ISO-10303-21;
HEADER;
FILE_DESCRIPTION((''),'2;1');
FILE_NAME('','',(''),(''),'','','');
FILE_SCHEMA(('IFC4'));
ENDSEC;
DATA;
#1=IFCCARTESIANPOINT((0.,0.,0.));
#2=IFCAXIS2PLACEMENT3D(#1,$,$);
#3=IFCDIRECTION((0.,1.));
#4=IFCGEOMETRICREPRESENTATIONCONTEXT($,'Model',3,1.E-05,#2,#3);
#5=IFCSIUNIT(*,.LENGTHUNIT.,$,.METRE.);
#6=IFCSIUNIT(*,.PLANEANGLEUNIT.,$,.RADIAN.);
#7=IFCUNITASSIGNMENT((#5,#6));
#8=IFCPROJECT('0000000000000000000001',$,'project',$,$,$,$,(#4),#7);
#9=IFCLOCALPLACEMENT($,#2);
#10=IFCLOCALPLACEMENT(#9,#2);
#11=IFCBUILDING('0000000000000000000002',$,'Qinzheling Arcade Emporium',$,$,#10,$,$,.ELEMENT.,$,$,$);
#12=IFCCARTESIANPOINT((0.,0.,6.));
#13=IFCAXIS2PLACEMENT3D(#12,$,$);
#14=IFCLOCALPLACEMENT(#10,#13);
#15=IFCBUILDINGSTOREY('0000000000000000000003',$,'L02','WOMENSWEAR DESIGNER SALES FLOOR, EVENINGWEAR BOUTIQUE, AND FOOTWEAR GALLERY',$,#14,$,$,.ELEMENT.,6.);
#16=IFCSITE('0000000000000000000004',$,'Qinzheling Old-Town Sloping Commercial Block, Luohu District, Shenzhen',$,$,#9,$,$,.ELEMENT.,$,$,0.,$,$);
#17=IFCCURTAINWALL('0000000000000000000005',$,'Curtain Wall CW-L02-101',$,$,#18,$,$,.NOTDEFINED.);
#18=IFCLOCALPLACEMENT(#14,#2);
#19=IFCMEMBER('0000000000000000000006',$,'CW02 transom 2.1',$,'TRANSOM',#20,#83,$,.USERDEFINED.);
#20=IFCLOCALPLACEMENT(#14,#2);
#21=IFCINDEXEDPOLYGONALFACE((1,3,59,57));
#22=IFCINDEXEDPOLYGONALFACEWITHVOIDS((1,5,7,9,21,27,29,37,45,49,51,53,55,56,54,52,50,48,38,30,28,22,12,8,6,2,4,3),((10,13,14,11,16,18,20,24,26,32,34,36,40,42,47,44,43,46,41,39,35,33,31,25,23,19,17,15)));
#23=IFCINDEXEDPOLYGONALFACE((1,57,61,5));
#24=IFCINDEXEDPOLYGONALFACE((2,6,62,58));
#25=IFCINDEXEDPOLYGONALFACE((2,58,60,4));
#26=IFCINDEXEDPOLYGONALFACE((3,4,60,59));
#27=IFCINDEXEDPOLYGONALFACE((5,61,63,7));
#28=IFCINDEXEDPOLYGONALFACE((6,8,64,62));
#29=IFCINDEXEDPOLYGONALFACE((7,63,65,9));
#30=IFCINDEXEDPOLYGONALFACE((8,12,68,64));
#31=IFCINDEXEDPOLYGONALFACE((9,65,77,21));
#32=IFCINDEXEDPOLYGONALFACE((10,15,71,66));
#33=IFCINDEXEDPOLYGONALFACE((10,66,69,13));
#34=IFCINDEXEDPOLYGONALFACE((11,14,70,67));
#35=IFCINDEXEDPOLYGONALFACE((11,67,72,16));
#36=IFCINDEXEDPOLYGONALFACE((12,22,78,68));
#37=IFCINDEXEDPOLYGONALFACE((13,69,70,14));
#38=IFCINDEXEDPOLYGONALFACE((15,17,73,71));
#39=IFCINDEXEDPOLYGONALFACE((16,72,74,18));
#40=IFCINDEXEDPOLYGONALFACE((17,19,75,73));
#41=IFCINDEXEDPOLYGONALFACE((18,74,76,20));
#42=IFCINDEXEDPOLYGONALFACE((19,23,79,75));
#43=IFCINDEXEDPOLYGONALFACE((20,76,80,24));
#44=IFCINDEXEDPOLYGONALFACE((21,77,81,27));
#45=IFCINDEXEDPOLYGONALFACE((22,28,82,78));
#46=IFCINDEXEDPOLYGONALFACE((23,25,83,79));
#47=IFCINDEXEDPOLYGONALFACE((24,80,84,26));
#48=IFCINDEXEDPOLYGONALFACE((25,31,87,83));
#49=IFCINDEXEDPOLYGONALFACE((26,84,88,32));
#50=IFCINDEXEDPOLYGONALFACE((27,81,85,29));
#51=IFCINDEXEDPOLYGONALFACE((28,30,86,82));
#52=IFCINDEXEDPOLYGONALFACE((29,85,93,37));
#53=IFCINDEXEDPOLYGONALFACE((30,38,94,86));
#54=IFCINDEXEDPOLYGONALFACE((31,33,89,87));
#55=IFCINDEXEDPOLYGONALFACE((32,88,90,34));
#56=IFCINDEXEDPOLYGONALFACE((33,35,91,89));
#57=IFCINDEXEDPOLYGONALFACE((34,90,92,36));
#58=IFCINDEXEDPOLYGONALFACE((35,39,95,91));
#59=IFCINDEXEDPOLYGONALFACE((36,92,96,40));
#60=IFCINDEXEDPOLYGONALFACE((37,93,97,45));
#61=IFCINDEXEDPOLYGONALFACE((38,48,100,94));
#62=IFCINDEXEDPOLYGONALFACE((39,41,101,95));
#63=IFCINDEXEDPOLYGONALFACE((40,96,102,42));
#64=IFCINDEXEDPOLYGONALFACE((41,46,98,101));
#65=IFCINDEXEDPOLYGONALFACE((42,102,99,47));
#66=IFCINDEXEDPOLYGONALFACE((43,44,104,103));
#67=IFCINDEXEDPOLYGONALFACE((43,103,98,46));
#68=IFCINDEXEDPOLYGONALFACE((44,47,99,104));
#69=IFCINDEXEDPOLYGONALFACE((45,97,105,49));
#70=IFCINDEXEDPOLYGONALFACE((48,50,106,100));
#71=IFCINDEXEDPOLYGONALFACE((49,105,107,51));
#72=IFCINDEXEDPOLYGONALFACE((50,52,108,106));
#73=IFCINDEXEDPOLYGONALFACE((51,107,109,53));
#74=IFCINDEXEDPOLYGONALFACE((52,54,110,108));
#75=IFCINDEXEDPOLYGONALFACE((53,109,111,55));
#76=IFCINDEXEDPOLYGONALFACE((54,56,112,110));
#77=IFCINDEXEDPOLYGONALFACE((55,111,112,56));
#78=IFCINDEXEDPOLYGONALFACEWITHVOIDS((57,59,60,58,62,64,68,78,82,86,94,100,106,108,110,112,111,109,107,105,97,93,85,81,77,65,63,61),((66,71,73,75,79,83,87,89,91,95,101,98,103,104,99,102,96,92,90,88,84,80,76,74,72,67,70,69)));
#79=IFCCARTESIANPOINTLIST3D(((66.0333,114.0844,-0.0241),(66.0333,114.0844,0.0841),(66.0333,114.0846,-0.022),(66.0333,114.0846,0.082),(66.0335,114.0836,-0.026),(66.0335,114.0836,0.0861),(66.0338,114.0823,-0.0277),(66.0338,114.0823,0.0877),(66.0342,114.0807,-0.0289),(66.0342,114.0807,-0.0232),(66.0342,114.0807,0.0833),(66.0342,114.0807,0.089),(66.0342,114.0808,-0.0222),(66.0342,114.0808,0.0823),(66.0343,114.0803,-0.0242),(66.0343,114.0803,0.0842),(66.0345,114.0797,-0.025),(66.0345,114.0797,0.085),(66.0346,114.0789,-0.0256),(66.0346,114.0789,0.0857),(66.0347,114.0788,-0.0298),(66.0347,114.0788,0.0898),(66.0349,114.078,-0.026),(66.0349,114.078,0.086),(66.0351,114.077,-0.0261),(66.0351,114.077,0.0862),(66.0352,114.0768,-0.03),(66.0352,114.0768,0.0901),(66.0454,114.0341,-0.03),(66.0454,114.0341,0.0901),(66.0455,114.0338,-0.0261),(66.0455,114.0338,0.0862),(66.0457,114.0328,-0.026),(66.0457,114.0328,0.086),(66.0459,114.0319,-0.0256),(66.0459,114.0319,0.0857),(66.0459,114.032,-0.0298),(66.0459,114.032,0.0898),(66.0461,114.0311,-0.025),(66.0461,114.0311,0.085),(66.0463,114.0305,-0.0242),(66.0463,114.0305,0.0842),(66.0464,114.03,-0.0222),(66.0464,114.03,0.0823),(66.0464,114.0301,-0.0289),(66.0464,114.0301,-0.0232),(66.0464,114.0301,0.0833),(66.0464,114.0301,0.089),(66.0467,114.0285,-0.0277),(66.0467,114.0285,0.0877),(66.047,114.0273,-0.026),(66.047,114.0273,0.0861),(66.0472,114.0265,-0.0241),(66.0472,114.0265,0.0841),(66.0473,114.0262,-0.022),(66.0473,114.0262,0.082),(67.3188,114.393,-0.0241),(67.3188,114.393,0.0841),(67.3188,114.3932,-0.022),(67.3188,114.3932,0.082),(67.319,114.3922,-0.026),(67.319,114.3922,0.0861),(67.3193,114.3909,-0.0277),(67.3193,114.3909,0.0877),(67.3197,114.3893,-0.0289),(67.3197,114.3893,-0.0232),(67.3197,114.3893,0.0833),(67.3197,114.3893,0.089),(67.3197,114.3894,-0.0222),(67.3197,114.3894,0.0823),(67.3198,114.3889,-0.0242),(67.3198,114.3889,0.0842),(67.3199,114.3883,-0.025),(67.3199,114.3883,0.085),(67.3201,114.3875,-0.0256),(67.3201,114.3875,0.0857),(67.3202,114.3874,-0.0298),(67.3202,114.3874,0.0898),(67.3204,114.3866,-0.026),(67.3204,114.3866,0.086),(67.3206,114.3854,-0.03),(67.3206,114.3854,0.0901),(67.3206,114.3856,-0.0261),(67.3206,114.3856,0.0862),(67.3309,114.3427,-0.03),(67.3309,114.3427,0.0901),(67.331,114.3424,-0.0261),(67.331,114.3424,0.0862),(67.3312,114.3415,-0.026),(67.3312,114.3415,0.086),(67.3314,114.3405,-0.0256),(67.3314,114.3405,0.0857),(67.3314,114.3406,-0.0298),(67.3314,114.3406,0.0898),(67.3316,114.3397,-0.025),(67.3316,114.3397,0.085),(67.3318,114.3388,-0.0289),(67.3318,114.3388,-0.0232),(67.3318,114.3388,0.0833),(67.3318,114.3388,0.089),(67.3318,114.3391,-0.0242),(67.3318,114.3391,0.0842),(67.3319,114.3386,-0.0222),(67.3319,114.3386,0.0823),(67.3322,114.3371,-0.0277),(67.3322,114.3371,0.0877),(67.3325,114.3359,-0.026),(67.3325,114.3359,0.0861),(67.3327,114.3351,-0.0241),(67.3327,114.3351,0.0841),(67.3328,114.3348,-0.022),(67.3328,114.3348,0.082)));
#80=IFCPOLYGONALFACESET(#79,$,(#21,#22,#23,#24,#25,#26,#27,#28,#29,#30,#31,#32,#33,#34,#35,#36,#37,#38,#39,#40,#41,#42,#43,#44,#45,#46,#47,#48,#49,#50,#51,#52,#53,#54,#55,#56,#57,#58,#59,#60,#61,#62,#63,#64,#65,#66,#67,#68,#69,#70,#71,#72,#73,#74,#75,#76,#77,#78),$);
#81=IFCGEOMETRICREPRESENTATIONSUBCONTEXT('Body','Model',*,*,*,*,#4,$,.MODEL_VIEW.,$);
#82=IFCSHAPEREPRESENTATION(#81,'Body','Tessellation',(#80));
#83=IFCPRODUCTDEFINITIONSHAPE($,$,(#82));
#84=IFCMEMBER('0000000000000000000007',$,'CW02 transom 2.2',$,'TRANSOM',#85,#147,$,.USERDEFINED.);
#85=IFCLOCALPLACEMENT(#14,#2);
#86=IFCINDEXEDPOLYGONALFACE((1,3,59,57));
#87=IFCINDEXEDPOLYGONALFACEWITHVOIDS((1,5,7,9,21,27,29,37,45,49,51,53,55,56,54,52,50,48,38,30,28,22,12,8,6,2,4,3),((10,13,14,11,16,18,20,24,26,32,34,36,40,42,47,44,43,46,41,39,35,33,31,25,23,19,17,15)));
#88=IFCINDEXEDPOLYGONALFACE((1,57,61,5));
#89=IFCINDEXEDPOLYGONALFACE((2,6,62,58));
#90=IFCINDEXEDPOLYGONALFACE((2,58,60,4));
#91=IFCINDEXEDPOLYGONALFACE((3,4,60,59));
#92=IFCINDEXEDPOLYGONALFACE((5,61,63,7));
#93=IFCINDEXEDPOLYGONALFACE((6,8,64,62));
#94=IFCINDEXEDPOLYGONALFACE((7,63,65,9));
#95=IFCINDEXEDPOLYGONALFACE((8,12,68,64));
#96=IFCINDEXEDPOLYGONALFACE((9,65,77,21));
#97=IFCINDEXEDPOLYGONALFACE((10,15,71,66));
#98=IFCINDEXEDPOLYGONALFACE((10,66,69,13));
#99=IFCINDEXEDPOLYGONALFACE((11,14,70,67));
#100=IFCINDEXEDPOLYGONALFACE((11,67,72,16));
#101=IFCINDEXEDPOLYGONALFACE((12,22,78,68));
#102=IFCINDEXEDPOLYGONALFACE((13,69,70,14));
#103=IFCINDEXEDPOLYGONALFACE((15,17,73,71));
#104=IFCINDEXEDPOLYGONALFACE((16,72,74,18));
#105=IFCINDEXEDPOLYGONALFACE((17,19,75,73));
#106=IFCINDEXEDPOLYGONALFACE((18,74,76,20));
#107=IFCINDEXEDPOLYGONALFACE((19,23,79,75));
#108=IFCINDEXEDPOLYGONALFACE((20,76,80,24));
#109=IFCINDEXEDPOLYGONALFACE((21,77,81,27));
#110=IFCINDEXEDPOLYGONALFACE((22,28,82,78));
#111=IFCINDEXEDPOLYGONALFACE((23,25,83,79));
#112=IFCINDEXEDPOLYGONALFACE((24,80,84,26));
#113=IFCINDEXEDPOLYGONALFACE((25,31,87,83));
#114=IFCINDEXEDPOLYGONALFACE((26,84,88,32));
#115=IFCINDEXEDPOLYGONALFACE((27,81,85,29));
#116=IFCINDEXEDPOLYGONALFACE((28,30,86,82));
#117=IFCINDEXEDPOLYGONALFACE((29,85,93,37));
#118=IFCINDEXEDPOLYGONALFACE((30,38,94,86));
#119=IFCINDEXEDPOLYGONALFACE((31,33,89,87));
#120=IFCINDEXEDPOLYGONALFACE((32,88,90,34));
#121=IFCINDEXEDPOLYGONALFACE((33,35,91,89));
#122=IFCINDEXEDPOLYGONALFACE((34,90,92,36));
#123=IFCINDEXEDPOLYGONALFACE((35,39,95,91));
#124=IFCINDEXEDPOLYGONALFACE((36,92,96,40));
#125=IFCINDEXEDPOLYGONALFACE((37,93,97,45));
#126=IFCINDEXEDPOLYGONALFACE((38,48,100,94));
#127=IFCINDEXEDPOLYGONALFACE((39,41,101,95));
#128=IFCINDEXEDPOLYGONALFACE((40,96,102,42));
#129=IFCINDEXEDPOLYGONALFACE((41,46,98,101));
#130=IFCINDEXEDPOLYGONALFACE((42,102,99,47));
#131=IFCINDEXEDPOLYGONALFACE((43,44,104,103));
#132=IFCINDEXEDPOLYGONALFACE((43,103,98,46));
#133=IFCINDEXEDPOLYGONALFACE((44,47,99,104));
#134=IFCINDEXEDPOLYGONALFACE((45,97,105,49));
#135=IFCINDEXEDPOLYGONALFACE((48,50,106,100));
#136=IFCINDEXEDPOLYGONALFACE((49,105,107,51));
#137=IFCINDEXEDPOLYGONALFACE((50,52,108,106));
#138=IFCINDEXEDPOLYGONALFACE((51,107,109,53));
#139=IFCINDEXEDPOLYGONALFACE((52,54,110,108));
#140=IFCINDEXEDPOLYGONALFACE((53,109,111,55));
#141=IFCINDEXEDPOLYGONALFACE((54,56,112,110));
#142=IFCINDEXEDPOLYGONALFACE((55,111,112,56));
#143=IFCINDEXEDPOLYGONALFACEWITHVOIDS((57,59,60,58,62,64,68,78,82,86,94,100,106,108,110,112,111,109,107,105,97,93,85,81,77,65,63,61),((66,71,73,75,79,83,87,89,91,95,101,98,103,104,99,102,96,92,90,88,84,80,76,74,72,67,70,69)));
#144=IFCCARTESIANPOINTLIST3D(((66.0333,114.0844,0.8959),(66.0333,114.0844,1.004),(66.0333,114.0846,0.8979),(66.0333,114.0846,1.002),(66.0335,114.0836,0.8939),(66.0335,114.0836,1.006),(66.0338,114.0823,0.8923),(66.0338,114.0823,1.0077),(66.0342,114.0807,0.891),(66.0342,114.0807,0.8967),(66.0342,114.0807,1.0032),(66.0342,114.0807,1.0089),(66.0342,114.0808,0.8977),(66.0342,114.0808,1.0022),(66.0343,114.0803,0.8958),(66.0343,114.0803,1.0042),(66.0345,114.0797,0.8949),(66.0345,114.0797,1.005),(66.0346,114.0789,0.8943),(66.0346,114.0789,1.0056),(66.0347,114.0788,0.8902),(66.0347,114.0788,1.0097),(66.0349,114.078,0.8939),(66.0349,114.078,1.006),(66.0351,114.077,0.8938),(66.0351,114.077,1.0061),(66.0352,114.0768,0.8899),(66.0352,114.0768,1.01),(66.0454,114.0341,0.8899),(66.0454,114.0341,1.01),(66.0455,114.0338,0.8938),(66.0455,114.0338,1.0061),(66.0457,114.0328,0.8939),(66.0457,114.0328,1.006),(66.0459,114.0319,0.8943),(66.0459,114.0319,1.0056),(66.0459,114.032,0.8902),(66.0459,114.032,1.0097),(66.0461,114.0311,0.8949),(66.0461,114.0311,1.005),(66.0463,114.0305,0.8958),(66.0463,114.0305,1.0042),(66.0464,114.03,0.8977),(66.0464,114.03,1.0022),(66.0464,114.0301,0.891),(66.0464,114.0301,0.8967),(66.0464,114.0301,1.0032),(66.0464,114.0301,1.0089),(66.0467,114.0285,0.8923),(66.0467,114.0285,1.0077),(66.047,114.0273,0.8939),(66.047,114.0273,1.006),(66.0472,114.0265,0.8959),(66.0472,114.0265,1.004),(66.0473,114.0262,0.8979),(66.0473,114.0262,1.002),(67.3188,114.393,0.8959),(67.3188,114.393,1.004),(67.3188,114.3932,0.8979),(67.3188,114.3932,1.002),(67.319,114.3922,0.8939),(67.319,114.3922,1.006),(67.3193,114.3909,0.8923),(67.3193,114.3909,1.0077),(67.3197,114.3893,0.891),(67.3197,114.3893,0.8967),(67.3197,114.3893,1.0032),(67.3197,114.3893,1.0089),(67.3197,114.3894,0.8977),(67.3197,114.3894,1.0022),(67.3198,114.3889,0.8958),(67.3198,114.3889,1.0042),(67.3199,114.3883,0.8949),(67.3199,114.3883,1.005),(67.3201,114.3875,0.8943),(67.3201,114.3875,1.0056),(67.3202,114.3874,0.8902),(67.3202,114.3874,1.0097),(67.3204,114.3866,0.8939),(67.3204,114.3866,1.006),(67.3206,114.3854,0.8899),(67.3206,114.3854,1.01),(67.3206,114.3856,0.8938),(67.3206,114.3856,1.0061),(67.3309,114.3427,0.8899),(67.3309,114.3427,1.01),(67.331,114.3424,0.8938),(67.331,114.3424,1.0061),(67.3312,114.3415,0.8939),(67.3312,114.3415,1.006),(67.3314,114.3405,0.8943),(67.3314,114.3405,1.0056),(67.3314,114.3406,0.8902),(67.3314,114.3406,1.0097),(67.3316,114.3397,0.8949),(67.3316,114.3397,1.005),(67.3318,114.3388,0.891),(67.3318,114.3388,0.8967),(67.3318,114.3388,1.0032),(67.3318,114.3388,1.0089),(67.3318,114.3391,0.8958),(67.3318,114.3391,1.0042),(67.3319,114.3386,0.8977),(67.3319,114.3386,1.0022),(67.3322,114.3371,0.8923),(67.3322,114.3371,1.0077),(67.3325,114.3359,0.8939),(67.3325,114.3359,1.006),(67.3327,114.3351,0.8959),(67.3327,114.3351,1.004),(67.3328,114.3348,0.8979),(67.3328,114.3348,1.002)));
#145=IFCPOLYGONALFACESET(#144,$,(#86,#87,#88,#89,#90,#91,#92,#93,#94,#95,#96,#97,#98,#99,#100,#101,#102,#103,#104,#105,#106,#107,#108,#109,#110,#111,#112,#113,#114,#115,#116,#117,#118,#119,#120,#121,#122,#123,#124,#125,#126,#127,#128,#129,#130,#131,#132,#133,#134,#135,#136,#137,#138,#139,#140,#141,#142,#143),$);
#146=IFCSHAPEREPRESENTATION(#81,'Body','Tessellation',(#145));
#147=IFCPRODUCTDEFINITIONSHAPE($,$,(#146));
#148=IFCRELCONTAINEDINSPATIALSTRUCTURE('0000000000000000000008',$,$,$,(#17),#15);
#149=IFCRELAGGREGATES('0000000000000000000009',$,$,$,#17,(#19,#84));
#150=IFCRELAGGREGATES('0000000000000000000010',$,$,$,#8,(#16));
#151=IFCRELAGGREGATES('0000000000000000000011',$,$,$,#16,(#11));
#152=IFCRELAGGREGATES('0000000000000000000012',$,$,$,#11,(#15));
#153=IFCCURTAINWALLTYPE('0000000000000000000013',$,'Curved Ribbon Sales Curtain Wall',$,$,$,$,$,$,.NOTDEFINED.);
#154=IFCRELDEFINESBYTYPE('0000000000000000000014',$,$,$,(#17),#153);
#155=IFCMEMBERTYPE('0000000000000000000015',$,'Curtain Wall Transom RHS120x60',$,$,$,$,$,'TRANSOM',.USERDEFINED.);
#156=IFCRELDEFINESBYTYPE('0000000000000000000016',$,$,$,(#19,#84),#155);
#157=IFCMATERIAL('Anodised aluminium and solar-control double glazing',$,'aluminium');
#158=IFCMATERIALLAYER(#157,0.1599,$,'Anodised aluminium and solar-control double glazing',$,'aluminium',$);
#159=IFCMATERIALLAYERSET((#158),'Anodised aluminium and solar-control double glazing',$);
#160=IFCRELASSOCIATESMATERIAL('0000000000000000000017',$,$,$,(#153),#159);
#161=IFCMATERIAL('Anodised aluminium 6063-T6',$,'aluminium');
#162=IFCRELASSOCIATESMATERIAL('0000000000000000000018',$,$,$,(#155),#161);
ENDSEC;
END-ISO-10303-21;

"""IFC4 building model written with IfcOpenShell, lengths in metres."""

from ifc_helpers import new_model, si_unit, direction, frame, origin, origin_2d, place, context, subcontext, project, spatial, hollow_rectangle, extrude, material, layer, layer_set, material_profile, profile_set, type_object, element, aggregate, save


model = new_model("IFC4")

# Units and contexts
model_context = context("Model", 3, precision=1e-05, world=origin(), true_north=direction((0.0, 1.0)))
body_context = subcontext(model_context, "Body", "Model", "MODEL_VIEW")
ifc_project = project(units=[si_unit("LENGTHUNIT", "METRE"), si_unit("PLANEANGLEUNIT", "RADIAN")], contexts=[model_context])

# Site, building, storey
site_placement = place(None, origin())
site = spatial("IfcSite", under=ifc_project, at=site_placement, Name="Qinzheling Old-Town Sloping Commercial Block, Luohu District, Shenzhen", CompositionType="ELEMENT", RefElevation=0.0)
building_placement = place(site_placement, origin())
building = spatial("IfcBuilding", under=site, at=building_placement, Name="Qinzheling Arcade Emporium", CompositionType="ELEMENT")
storey_placement = place(building_placement, frame((0.0, 0.0, 6.0)))
storey = spatial("IfcBuildingStorey", under=building, at=storey_placement, Name="L02", Description="WOMENSWEAR DESIGNER SALES FLOOR, EVENINGWEAR BOUTIQUE, AND FOOTWEAR GALLERY", CompositionType="ELEMENT", Elevation=6.0)

# Curtain wall, members
ifc_material_1 = material(Name="Anodised aluminium and solar-control double glazing", Category="aluminium")
ifc_layer_1 = layer(ifc_material_1, 0.1599, Name="Anodised aluminium and solar-control double glazing", Category="aluminium")
ifc_layer_set_1 = layer_set([ifc_layer_1], Name="Anodised aluminium and solar-control double glazing")
curtain_wall_type = type_object("IfcCurtainWallType", Name="Curved Ribbon Sales Curtain Wall", PredefinedType="NOTDEFINED", material=ifc_layer_set_1)
curtain_wall_placement = place(storey_placement, origin())
curtain_wall = element("IfcCurtainWall", 1, at=curtain_wall_placement, inside=storey, type_object=curtain_wall_type, Name="Curtain Wall CW-L02-101", PredefinedType="NOTDEFINED")
ifc_material_2 = material(Name="Anodised aluminium 6063-T6", Category="aluminium")
ifc_material_profile_1 = material_profile(ifc_material_2, hollow_rectangle(XDim=0.0601, YDim=0.1201, WallThickness=0.0039, InnerFilletRadius=0.0039, OuterFilletRadius=0.0081, at=origin_2d()), Name="RHS 120x60x4", Category="aluminium")
ifc_profile_set_1 = profile_set([ifc_material_profile_1], Name="Anodised aluminium 6063-T6")
member_type_1 = type_object("IfcMemberType", Name="Curtain Wall Transom RHS120x60", ElementType="TRANSOM", PredefinedType="USERDEFINED", material=ifc_profile_set_1)
member_1_placement = place(storey_placement, frame((66.0403, 114.0554, 0.03), z_axis=(0.972371, 0.233443, 0.0), x_axis=(-0.233443, 0.972371, 0.0)))
member_1 = element("IfcMember", 2, at=member_1_placement, type_object=member_type_1, Name="CW02 transom 2.1", ObjectType="TRANSOM", PredefinedType="USERDEFINED", context=body_context, shape_type="SweptSolid", body=[
    extrude(hollow_rectangle(XDim=0.0601, YDim=0.1201, WallThickness=0.0039, InnerFilletRadius=0.0039, OuterFilletRadius=0.0081, at=origin_2d()), origin(), (0.0, 0.0, 1.0), 1.322),
])
member_2_placement = place(storey_placement, frame((66.0403, 114.0554, 0.95), z_axis=(0.972371, 0.233443, 0.0), x_axis=(-0.233443, 0.972371, 0.0)))
member_2 = element("IfcMember", 3, at=member_2_placement, type_object=member_type_1, Name="CW02 transom 2.2", ObjectType="TRANSOM", PredefinedType="USERDEFINED", context=body_context, shape_type="SweptSolid", body=[
    extrude(hollow_rectangle(XDim=0.0601, YDim=0.1201, WallThickness=0.0039, InnerFilletRadius=0.0039, OuterFilletRadius=0.0081, at=origin_2d()), origin(), (0.0, 0.0, 1.0), 1.322),
])

aggregate(curtain_wall, [member_1, member_2])

save(model, "model.ifc")
